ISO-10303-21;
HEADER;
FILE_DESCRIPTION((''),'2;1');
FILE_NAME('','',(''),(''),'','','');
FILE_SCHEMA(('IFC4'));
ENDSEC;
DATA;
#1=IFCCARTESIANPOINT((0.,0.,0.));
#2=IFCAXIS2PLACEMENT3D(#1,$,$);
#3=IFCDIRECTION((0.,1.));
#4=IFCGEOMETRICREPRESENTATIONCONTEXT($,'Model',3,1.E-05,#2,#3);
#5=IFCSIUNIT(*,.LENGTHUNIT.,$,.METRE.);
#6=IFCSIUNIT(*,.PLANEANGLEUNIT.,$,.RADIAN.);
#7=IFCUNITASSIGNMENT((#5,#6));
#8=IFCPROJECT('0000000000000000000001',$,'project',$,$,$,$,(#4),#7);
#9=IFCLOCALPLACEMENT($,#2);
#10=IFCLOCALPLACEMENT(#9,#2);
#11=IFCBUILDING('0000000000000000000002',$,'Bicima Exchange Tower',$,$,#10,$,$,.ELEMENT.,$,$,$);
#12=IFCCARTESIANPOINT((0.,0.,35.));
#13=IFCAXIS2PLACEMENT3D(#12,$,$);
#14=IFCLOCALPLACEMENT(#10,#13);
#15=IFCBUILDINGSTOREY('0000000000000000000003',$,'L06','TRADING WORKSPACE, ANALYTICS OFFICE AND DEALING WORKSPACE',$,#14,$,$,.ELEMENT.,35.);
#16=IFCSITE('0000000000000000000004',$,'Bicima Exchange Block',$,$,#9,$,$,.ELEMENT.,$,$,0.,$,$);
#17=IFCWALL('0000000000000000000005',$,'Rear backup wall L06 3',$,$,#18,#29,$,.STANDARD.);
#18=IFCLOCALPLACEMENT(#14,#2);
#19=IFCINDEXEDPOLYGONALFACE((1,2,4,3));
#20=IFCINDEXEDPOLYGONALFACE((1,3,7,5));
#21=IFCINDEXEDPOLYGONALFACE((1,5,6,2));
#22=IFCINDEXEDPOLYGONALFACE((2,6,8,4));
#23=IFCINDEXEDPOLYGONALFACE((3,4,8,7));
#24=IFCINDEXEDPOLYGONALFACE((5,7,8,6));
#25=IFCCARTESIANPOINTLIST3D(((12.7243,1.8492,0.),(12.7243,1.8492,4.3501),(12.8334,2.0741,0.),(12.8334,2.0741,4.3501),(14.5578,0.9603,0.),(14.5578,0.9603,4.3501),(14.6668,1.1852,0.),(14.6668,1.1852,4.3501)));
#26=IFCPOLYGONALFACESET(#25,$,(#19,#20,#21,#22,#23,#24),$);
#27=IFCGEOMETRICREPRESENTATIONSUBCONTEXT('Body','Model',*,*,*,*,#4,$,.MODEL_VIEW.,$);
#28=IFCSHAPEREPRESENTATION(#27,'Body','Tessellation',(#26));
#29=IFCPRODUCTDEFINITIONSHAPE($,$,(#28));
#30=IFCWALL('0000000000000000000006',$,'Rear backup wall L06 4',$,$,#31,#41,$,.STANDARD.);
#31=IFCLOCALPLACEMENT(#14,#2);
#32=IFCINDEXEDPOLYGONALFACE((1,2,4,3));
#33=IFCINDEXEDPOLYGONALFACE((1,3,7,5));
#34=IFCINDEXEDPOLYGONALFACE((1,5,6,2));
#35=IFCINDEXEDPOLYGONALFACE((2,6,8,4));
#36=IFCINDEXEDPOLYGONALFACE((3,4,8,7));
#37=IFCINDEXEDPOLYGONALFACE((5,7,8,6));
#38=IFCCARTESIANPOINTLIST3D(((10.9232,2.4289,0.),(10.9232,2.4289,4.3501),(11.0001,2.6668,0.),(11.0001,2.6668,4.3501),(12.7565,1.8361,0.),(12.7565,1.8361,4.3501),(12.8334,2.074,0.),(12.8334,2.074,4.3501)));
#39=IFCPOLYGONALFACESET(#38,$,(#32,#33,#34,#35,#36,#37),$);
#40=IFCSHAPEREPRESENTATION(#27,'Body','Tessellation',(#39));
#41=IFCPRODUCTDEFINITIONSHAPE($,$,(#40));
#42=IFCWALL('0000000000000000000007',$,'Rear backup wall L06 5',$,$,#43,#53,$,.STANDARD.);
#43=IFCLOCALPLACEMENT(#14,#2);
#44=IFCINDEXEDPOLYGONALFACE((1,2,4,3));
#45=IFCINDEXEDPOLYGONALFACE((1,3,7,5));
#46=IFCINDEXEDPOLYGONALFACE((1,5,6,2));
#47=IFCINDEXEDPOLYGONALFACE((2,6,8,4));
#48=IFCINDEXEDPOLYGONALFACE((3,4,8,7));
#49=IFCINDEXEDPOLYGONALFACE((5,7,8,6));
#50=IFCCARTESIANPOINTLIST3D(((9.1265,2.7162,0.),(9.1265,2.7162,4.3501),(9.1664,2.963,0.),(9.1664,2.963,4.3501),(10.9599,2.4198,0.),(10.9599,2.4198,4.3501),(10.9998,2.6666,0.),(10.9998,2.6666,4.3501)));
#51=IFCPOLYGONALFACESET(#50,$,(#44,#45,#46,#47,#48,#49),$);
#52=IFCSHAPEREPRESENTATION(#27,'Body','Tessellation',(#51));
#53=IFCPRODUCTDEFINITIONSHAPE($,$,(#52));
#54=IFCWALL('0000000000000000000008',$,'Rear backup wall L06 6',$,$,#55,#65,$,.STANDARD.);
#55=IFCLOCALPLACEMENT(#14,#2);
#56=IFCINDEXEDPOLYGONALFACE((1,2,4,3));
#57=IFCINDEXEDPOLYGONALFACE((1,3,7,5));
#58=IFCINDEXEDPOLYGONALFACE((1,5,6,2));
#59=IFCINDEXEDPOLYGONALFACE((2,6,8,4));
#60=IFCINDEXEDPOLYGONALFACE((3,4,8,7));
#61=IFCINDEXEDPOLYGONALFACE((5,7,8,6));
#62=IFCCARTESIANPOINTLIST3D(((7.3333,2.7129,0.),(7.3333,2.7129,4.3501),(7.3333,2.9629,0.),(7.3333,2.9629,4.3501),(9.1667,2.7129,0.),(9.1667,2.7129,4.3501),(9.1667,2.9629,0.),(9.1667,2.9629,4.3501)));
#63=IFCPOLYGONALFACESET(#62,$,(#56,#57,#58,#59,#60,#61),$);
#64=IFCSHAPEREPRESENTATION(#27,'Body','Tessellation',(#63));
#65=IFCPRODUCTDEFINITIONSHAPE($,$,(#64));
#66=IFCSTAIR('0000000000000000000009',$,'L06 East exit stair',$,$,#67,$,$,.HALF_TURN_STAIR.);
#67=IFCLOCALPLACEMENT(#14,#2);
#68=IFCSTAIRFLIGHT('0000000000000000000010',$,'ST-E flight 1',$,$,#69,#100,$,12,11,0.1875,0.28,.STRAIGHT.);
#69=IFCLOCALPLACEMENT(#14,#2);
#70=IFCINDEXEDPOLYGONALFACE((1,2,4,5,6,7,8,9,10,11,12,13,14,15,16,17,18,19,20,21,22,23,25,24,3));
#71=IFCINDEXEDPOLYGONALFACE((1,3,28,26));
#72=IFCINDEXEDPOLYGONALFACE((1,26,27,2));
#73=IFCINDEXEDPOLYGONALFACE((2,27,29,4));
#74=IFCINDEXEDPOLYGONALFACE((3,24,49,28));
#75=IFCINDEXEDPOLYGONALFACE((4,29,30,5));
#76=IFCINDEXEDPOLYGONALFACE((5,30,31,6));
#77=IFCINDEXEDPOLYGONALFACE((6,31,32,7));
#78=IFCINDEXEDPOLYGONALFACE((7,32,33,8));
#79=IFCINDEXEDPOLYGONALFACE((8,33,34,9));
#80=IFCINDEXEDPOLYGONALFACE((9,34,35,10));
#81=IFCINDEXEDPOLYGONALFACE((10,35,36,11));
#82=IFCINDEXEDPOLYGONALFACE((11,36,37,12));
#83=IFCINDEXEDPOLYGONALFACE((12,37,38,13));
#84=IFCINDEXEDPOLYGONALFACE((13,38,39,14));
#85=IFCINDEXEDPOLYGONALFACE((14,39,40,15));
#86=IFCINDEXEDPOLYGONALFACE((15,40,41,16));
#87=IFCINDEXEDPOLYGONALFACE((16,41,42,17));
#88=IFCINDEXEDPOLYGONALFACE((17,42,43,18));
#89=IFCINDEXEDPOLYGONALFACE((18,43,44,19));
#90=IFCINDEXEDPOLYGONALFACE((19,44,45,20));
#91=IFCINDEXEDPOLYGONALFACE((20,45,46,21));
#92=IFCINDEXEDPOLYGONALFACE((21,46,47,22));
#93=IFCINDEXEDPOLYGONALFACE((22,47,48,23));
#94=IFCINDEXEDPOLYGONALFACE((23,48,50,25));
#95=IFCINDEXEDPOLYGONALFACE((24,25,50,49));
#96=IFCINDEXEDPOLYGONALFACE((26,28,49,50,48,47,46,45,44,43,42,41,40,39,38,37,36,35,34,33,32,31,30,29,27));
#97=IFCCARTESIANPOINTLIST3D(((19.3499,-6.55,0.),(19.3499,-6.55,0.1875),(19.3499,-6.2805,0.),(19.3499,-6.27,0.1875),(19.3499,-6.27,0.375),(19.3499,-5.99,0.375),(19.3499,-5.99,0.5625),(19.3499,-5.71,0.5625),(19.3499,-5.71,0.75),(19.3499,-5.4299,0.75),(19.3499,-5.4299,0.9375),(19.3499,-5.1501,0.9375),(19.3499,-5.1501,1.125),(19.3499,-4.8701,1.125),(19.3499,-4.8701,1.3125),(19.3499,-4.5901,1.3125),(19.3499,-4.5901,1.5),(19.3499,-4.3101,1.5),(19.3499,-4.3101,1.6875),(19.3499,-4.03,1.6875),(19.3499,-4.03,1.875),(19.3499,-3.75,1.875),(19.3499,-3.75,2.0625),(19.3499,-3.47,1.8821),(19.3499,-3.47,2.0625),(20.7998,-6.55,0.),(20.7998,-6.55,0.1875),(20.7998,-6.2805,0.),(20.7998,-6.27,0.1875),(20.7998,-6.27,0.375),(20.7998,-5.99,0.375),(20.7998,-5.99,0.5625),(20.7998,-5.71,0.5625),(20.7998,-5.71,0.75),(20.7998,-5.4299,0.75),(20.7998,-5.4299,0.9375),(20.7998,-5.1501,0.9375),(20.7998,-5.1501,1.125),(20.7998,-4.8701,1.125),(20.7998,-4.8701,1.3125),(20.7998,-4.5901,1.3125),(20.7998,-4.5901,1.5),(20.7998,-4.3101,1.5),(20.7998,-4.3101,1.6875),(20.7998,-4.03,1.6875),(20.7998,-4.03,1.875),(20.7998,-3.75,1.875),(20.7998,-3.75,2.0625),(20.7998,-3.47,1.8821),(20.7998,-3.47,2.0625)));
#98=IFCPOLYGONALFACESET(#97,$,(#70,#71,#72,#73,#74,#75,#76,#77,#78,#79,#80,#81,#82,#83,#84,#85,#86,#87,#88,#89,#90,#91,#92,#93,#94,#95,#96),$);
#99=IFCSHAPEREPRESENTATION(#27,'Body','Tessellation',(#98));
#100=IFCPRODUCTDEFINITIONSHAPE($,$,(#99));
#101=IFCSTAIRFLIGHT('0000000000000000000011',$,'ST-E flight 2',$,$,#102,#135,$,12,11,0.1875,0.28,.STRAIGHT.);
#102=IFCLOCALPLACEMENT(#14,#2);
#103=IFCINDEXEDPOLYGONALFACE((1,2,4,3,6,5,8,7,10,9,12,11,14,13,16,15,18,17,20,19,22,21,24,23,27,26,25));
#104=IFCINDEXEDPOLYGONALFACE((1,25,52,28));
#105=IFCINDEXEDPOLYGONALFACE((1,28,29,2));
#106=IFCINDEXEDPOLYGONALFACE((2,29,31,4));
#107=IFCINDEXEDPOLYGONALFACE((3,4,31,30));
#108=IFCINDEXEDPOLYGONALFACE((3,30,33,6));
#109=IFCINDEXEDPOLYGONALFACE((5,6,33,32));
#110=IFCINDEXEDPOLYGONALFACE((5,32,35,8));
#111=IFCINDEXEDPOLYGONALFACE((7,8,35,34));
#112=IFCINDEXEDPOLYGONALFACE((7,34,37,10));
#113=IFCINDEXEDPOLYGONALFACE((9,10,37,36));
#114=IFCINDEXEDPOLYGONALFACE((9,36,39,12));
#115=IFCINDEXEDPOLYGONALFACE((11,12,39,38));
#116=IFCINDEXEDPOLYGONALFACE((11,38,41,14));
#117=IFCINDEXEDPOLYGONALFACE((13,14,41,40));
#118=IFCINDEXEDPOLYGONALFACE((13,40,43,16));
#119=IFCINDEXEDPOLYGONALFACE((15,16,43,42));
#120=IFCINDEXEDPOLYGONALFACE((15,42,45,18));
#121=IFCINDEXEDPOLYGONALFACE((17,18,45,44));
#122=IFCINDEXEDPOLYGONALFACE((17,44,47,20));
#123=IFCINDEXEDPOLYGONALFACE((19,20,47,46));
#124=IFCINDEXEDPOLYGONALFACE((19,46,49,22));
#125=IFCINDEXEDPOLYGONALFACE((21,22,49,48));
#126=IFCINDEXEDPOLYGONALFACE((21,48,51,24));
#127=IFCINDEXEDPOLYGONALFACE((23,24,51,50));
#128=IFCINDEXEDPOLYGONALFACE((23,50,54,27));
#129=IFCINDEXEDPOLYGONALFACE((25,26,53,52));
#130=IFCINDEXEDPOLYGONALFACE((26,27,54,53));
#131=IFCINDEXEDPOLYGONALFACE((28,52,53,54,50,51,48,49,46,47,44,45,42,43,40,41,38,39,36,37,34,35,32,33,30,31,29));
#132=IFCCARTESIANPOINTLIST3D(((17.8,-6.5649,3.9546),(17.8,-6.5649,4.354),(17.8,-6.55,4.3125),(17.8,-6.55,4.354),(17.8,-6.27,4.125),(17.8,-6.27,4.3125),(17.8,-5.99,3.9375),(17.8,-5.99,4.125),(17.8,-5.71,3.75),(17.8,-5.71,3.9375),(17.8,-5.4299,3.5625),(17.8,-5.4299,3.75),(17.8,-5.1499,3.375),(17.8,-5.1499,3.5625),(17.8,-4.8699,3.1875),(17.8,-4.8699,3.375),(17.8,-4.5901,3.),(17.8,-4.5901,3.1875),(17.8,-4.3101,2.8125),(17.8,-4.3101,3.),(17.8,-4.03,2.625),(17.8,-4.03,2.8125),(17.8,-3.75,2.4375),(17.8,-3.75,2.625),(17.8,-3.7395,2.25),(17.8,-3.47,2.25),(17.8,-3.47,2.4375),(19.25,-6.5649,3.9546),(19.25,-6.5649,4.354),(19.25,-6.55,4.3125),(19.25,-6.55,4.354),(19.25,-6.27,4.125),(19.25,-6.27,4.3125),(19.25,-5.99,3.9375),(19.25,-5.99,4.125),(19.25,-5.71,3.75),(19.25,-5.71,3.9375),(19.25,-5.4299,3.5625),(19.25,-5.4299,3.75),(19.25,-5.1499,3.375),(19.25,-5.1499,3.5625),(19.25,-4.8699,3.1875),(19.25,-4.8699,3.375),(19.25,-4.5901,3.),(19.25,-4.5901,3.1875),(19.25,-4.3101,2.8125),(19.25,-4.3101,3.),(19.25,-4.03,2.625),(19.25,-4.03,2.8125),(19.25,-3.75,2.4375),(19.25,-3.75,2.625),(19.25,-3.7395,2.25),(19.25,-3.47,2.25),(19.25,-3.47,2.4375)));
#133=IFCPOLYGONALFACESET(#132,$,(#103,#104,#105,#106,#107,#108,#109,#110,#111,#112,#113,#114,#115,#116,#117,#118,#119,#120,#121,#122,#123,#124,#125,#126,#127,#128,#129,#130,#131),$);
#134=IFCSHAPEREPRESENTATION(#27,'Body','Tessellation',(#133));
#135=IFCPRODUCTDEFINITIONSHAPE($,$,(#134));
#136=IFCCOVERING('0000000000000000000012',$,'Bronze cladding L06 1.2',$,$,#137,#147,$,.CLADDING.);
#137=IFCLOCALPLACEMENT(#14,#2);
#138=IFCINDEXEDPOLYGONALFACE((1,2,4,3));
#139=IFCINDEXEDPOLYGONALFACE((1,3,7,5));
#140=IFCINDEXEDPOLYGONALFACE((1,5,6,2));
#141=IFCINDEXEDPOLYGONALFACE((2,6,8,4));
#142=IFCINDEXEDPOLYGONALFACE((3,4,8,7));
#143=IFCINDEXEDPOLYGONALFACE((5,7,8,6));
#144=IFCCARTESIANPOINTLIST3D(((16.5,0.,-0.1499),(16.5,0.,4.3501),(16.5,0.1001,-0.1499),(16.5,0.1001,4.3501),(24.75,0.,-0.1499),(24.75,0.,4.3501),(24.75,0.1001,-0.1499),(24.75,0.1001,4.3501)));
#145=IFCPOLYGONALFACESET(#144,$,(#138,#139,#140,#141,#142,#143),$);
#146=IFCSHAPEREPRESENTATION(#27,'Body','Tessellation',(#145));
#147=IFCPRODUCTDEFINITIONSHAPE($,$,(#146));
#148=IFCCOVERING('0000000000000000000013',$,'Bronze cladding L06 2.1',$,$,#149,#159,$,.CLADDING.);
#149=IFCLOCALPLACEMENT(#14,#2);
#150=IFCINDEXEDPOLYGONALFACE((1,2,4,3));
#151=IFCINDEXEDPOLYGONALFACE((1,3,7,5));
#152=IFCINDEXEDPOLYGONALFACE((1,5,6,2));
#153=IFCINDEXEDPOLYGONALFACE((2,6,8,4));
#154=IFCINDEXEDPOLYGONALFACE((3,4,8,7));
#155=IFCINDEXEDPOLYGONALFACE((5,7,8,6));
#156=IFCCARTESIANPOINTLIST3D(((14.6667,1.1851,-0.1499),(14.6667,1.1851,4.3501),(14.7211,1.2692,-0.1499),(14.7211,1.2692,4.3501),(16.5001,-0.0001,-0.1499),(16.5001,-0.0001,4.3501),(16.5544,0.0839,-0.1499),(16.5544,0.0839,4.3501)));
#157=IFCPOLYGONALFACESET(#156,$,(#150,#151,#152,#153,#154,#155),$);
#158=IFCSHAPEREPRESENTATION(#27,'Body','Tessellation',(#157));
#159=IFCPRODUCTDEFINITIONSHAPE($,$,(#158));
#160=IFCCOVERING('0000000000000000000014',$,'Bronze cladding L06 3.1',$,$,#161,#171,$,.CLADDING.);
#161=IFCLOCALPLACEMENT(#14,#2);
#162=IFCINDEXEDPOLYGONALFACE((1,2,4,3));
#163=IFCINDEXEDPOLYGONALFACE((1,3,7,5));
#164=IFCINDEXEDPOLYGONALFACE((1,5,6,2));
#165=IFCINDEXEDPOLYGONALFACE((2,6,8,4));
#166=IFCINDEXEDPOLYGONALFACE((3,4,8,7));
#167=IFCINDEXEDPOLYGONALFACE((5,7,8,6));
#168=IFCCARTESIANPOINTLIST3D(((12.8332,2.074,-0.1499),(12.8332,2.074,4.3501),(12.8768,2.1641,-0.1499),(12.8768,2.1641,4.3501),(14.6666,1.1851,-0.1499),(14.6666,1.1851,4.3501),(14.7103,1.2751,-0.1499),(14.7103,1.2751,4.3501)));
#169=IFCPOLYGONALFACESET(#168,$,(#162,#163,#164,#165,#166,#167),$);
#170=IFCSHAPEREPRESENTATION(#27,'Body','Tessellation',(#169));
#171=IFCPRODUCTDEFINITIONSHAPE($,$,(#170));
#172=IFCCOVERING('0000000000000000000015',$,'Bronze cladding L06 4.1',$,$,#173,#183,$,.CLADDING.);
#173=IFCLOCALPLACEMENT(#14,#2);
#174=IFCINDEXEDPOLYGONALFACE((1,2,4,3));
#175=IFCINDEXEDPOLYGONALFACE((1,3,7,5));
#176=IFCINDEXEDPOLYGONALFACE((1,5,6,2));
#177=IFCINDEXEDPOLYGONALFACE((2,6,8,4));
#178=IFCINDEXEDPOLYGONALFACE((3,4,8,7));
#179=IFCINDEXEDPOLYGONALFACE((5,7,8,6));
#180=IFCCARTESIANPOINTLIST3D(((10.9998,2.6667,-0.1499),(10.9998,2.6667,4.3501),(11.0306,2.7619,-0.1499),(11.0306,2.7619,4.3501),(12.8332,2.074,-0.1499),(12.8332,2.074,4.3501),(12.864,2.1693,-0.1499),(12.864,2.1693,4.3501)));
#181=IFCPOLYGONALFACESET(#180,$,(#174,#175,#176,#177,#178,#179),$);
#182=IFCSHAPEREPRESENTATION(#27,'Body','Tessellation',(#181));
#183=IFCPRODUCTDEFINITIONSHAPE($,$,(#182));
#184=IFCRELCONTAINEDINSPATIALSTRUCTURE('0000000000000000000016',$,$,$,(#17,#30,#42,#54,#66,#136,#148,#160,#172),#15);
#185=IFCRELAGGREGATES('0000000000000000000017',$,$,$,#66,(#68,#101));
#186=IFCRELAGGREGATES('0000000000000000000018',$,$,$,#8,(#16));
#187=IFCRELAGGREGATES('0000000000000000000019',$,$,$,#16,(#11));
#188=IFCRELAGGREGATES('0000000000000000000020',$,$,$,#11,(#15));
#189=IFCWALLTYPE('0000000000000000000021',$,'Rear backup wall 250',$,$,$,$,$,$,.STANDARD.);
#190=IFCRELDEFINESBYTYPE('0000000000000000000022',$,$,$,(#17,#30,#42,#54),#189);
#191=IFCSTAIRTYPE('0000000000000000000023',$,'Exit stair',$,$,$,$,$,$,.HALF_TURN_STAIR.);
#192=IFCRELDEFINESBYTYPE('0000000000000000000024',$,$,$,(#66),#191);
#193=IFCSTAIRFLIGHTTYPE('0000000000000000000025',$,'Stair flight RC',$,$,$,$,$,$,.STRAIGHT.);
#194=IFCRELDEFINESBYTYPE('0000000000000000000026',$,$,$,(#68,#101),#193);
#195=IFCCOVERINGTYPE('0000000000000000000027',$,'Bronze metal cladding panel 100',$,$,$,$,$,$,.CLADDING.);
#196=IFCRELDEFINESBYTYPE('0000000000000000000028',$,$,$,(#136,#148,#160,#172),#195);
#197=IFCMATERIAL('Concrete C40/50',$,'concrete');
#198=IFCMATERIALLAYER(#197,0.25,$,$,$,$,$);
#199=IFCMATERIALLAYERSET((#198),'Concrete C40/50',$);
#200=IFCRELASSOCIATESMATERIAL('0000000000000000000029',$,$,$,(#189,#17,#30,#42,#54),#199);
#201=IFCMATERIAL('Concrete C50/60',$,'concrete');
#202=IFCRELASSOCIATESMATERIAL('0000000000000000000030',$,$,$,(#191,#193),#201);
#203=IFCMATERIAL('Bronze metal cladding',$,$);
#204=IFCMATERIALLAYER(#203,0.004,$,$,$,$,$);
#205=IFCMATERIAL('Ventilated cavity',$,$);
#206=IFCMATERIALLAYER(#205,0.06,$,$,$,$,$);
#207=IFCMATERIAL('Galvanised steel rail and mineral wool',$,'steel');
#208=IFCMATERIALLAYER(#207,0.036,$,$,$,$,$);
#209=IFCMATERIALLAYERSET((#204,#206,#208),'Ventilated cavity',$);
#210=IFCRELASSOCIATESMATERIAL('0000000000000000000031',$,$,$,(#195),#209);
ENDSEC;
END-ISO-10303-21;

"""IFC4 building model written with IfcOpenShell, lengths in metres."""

from ifc_helpers import new_model, si_unit, direction, frame, frame_2d, origin, origin_2d, place, context, subcontext, project, spatial, polyline, rectangle, outline, extrude, material, layer, layer_set, layer_usage, type_object, element, aggregate, save


model = new_model("IFC4")

# Units and contexts
model_context = context("Model", 3, precision=1e-05, world=origin(), true_north=direction((0.0, 1.0)))
body_context = subcontext(model_context, "Body", "Model", "MODEL_VIEW")
ifc_project = project(units=[si_unit("LENGTHUNIT", "METRE"), si_unit("PLANEANGLEUNIT", "RADIAN")], contexts=[model_context])

# Site, building, storey
site_placement = place(None, origin())
site = spatial("IfcSite", under=ifc_project, at=site_placement, Name="Bicima Exchange Block", CompositionType="ELEMENT", RefElevation=0.0)
building_placement = place(site_placement, origin())
building = spatial("IfcBuilding", under=site, at=building_placement, Name="Bicima Exchange Tower", CompositionType="ELEMENT")
storey_placement = place(building_placement, frame((0.0, 0.0, 35.0)))
storey = spatial("IfcBuildingStorey", under=building, at=storey_placement, Name="L06", Description="TRADING WORKSPACE, ANALYTICS OFFICE AND DEALING WORKSPACE", CompositionType="ELEMENT", Elevation=35.0)

# Shared definitions
ifc_material_1 = material(Name="Concrete C50/60", Category="concrete")

# Walls
ifc_material_2 = material(Name="Concrete C40/50", Category="concrete")
ifc_layer_1 = layer(ifc_material_2, 0.25)
ifc_layer_set_1 = layer_set([ifc_layer_1], Name="Concrete C40/50")
ifc_layer_usage = layer_usage(ifc_layer_set_1, "AXIS2", "POSITIVE", -0.125)
wall_type_1 = type_object("IfcWallType", Name="Rear backup wall 250", PredefinedType="STANDARD", material=ifc_layer_set_1)
wall_1_placement = place(storey_placement, frame((14.6123, 1.0728, 0.0), z_axis=(0.0, 0.0, 1.0), x_axis=(-0.899824, 0.436253, 0.0)))
element("IfcWall", 1, at=wall_1_placement, inside=storey, type_object=wall_type_1, material=ifc_layer_usage, Name="Rear backup wall L06 3", PredefinedType="STANDARD", context=body_context, shape_type="SweptSolid", body=[
    extrude(rectangle(XDim=2.0376, YDim=0.25, at=frame_2d((1.0188, 0.0))), origin(), (0.0, 0.0, 1.0), 4.3501),
])
wall_2_placement = place(storey_placement, frame((12.7949, 1.9551, 0.0), z_axis=(0.0, 0.0, 1.0), x_axis=(-0.951496, 0.307662, 0.0)))
element("IfcWall", 2, at=wall_2_placement, inside=storey, type_object=wall_type_1, material=ifc_layer_usage, Name="Rear backup wall L06 4", PredefinedType="STANDARD", context=body_context, shape_type="SweptSolid", body=[
    extrude(rectangle(XDim=1.9268, YDim=0.25, at=frame_2d((0.9634, 0.0))), origin(), (0.0, 0.0, 1.0), 4.3501),
])
wall_3_placement = place(storey_placement, frame((10.98, 2.5432, 0.0), z_axis=(0.0, 0.0, 1.0), x_axis=(-0.987182, 0.1596, 0.0)))
element("IfcWall", 3, at=wall_3_placement, inside=storey, type_object=wall_type_1, material=ifc_layer_usage, Name="Rear backup wall L06 5", PredefinedType="STANDARD", context=body_context, shape_type="SweptSolid", body=[
    extrude(rectangle(XDim=1.8572, YDim=0.25, at=frame_2d((0.9287, 0.0))), origin(), (0.0, 0.0, 1.0), 4.3501),
])
wall_4_placement = place(storey_placement, frame((9.1667, 2.8379, 0.0), z_axis=(0.0, 0.0, 1.0), x_axis=(-1.0, 0.0, 0.0)))
element("IfcWall", 4, at=wall_4_placement, inside=storey, type_object=wall_type_1, material=ifc_layer_usage, Name="Rear backup wall L06 6", PredefinedType="STANDARD", context=body_context, shape_type="SweptSolid", body=[
    extrude(rectangle(XDim=1.8335, YDim=0.25, at=frame_2d((0.9167, 0.0))), origin(), (0.0, 0.0, 1.0), 4.3501),
])

# Stair, stair flights
stair_type = type_object("IfcStairType", Name="Exit stair", PredefinedType="HALF_TURN_STAIR", material=ifc_material_1)
stair_placement = place(storey_placement, origin())
stair = element("IfcStair", 5, at=stair_placement, inside=storey, type_object=stair_type, Name="L06 East exit stair", PredefinedType="HALF_TURN_STAIR")
stair_flight_type = type_object("IfcStairFlightType", Name="Stair flight RC", PredefinedType="STRAIGHT", material=ifc_material_1)
stair_flight_1_placement = place(storey_placement, frame((20.075, -6.55, 0.0), z_axis=(0.0, 0.0, 1.0), x_axis=(0.0, 1.0, 0.0)))
stair_flight_1 = element("IfcStairFlight", 6, at=stair_flight_1_placement, type_object=stair_flight_type, Name="ST-E flight 1", NumberOfRisers=12, NumberOfTreads=11, PredefinedType="STRAIGHT", RiserHeight=0.1875, TreadLength=0.28, context=body_context, shape_type="SweptSolid", body=[
    extrude(outline(polyline([(0.0, 0.0), (0.0, 0.1875), (0.28, 0.1875), (0.28, 0.375), (0.5601, 0.375), (0.5601, 0.5625), (0.8401, 0.5625), (0.8401, 0.75), (1.1201, 0.75), (1.1201, 0.9375), (1.3999, 0.9375), (1.3999, 1.125), (1.6799, 1.125), (1.6799, 1.3125), (1.96, 1.3125), (1.96, 1.5), (2.24, 1.5), (2.24, 1.6875), (2.52, 1.6875), (2.52, 1.875), (2.8, 1.875), (2.8, 2.0625), (3.0801, 2.0625), (3.0801, 2.25), (3.0801, 1.8821), (0.2695, 0.0), (0.0, 0.0)])), frame((0.0, 0.7251, 0.0), z_axis=(0.0, -1.0, 0.0), x_axis=(1.0, 0.0, 0.0)), (0.0, 0.0, 1.0), 1.45),
])
stair_flight_2_placement = place(storey_placement, frame((18.5249, -3.47, 2.25), z_axis=(0.0, 0.0, 1.0), x_axis=(0.0, -1.0, 0.0)))
stair_flight_2 = element("IfcStairFlight", 7, at=stair_flight_2_placement, type_object=stair_flight_type, Name="ST-E flight 2", NumberOfRisers=12, NumberOfTreads=11, PredefinedType="STRAIGHT", RiserHeight=0.1875, TreadLength=0.28, context=body_context, shape_type="SweptSolid", body=[
    extrude(outline(polyline([(0.0, 0.0), (0.0, 0.1875), (0.28, 0.1875), (0.28, 0.375), (0.5601, 0.375), (0.5601, 0.5625), (0.8401, 0.5625), (0.8401, 0.75), (1.1201, 0.75), (1.1201, 0.9375), (1.3999, 0.9375), (1.3999, 1.125), (1.6799, 1.125), (1.6799, 1.3125), (1.96, 1.3125), (1.96, 1.5), (2.24, 1.5), (2.24, 1.6875), (2.52, 1.6875), (2.52, 1.875), (2.8, 1.875), (2.8, 2.0625), (3.0801, 2.0625), (3.0801, 2.104), (3.095, 2.104), (3.095, 1.7046), (0.2695, 0.0), (0.0, 0.0)])), frame((0.0, 0.7251, 0.0), z_axis=(0.0, -1.0, 0.0), x_axis=(1.0, 0.0, 0.0)), (0.0, 0.0, 1.0), 1.45),
])
aggregate(stair, [stair_flight_1, stair_flight_2])

# Coverings
ifc_material_3 = material(Name="Bronze metal cladding")
ifc_layer_2 = layer(ifc_material_3, 0.004)
ifc_material_4 = material(Name="Ventilated cavity")
ifc_layer_3 = layer(ifc_material_4, 0.06)
ifc_material_5 = material(Name="Galvanised steel rail and mineral wool", Category="steel")
ifc_layer_4 = layer(ifc_material_5, 0.036)
ifc_layer_set_2 = layer_set([ifc_layer_2, ifc_layer_3, ifc_layer_4], Name="Ventilated cavity")
covering_type = type_object("IfcCoveringType", Name="Bronze metal cladding panel 100", PredefinedType="CLADDING", material=ifc_layer_set_2)
covering_1_placement = place(storey_placement, frame((20.625, 0.05, -0.1499), z_axis=(0.0, 0.0, 1.0), x_axis=(-1.0, 0.0, 0.0)))
element("IfcCovering", 8, at=covering_1_placement, inside=storey, type_object=covering_type, Name="Bronze cladding L06 1.2", PredefinedType="CLADDING", context=body_context, shape_type="SweptSolid", body=[
    extrude(rectangle(XDim=8.25, YDim=0.1001, at=origin_2d()), origin(), (0.0, 0.0, 1.0), 4.5),
])
covering_2_placement = place(storey_placement, frame((15.6106, 0.6345, -0.1499), z_axis=(0.0, 0.0, 1.0), x_axis=(-0.83979, 0.542911, 0.0)))
element("IfcCovering", 9, at=covering_2_placement, inside=storey, type_object=covering_type, Name="Bronze cladding L06 2.1", PredefinedType="CLADDING", context=body_context, shape_type="SweptSolid", body=[
    extrude(rectangle(XDim=2.1831, YDim=0.1001, at=origin_2d()), origin(), (0.0, 0.0, 1.0), 4.5),
])
covering_3_placement = place(storey_placement, frame((13.7717, 1.6746, -0.1499), z_axis=(0.0, 0.0, 1.0), x_axis=(-0.899818, 0.436265, 0.0)))
element("IfcCovering", 10, at=covering_3_placement, inside=storey, type_object=covering_type, Name="Bronze cladding L06 3.1", PredefinedType="CLADDING", context=body_context, shape_type="SweptSolid", body=[
    extrude(rectangle(XDim=2.0376, YDim=0.1001, at=origin_2d()), origin(), (0.0, 0.0, 1.0), 4.5),
])
covering_4_placement = place(storey_placement, frame((11.9319, 2.418, -0.1499), z_axis=(0.0, 0.0, 1.0), x_axis=(-0.951525, 0.307573, 0.0)))
element("IfcCovering", 11, at=covering_4_placement, inside=storey, type_object=covering_type, Name="Bronze cladding L06 4.1", PredefinedType="CLADDING", context=body_context, shape_type="SweptSolid", body=[
    extrude(rectangle(XDim=1.9268, YDim=0.1001, at=origin_2d()), origin(), (0.0, 0.0, 1.0), 4.5),
])

save(model, "model.ifc")
